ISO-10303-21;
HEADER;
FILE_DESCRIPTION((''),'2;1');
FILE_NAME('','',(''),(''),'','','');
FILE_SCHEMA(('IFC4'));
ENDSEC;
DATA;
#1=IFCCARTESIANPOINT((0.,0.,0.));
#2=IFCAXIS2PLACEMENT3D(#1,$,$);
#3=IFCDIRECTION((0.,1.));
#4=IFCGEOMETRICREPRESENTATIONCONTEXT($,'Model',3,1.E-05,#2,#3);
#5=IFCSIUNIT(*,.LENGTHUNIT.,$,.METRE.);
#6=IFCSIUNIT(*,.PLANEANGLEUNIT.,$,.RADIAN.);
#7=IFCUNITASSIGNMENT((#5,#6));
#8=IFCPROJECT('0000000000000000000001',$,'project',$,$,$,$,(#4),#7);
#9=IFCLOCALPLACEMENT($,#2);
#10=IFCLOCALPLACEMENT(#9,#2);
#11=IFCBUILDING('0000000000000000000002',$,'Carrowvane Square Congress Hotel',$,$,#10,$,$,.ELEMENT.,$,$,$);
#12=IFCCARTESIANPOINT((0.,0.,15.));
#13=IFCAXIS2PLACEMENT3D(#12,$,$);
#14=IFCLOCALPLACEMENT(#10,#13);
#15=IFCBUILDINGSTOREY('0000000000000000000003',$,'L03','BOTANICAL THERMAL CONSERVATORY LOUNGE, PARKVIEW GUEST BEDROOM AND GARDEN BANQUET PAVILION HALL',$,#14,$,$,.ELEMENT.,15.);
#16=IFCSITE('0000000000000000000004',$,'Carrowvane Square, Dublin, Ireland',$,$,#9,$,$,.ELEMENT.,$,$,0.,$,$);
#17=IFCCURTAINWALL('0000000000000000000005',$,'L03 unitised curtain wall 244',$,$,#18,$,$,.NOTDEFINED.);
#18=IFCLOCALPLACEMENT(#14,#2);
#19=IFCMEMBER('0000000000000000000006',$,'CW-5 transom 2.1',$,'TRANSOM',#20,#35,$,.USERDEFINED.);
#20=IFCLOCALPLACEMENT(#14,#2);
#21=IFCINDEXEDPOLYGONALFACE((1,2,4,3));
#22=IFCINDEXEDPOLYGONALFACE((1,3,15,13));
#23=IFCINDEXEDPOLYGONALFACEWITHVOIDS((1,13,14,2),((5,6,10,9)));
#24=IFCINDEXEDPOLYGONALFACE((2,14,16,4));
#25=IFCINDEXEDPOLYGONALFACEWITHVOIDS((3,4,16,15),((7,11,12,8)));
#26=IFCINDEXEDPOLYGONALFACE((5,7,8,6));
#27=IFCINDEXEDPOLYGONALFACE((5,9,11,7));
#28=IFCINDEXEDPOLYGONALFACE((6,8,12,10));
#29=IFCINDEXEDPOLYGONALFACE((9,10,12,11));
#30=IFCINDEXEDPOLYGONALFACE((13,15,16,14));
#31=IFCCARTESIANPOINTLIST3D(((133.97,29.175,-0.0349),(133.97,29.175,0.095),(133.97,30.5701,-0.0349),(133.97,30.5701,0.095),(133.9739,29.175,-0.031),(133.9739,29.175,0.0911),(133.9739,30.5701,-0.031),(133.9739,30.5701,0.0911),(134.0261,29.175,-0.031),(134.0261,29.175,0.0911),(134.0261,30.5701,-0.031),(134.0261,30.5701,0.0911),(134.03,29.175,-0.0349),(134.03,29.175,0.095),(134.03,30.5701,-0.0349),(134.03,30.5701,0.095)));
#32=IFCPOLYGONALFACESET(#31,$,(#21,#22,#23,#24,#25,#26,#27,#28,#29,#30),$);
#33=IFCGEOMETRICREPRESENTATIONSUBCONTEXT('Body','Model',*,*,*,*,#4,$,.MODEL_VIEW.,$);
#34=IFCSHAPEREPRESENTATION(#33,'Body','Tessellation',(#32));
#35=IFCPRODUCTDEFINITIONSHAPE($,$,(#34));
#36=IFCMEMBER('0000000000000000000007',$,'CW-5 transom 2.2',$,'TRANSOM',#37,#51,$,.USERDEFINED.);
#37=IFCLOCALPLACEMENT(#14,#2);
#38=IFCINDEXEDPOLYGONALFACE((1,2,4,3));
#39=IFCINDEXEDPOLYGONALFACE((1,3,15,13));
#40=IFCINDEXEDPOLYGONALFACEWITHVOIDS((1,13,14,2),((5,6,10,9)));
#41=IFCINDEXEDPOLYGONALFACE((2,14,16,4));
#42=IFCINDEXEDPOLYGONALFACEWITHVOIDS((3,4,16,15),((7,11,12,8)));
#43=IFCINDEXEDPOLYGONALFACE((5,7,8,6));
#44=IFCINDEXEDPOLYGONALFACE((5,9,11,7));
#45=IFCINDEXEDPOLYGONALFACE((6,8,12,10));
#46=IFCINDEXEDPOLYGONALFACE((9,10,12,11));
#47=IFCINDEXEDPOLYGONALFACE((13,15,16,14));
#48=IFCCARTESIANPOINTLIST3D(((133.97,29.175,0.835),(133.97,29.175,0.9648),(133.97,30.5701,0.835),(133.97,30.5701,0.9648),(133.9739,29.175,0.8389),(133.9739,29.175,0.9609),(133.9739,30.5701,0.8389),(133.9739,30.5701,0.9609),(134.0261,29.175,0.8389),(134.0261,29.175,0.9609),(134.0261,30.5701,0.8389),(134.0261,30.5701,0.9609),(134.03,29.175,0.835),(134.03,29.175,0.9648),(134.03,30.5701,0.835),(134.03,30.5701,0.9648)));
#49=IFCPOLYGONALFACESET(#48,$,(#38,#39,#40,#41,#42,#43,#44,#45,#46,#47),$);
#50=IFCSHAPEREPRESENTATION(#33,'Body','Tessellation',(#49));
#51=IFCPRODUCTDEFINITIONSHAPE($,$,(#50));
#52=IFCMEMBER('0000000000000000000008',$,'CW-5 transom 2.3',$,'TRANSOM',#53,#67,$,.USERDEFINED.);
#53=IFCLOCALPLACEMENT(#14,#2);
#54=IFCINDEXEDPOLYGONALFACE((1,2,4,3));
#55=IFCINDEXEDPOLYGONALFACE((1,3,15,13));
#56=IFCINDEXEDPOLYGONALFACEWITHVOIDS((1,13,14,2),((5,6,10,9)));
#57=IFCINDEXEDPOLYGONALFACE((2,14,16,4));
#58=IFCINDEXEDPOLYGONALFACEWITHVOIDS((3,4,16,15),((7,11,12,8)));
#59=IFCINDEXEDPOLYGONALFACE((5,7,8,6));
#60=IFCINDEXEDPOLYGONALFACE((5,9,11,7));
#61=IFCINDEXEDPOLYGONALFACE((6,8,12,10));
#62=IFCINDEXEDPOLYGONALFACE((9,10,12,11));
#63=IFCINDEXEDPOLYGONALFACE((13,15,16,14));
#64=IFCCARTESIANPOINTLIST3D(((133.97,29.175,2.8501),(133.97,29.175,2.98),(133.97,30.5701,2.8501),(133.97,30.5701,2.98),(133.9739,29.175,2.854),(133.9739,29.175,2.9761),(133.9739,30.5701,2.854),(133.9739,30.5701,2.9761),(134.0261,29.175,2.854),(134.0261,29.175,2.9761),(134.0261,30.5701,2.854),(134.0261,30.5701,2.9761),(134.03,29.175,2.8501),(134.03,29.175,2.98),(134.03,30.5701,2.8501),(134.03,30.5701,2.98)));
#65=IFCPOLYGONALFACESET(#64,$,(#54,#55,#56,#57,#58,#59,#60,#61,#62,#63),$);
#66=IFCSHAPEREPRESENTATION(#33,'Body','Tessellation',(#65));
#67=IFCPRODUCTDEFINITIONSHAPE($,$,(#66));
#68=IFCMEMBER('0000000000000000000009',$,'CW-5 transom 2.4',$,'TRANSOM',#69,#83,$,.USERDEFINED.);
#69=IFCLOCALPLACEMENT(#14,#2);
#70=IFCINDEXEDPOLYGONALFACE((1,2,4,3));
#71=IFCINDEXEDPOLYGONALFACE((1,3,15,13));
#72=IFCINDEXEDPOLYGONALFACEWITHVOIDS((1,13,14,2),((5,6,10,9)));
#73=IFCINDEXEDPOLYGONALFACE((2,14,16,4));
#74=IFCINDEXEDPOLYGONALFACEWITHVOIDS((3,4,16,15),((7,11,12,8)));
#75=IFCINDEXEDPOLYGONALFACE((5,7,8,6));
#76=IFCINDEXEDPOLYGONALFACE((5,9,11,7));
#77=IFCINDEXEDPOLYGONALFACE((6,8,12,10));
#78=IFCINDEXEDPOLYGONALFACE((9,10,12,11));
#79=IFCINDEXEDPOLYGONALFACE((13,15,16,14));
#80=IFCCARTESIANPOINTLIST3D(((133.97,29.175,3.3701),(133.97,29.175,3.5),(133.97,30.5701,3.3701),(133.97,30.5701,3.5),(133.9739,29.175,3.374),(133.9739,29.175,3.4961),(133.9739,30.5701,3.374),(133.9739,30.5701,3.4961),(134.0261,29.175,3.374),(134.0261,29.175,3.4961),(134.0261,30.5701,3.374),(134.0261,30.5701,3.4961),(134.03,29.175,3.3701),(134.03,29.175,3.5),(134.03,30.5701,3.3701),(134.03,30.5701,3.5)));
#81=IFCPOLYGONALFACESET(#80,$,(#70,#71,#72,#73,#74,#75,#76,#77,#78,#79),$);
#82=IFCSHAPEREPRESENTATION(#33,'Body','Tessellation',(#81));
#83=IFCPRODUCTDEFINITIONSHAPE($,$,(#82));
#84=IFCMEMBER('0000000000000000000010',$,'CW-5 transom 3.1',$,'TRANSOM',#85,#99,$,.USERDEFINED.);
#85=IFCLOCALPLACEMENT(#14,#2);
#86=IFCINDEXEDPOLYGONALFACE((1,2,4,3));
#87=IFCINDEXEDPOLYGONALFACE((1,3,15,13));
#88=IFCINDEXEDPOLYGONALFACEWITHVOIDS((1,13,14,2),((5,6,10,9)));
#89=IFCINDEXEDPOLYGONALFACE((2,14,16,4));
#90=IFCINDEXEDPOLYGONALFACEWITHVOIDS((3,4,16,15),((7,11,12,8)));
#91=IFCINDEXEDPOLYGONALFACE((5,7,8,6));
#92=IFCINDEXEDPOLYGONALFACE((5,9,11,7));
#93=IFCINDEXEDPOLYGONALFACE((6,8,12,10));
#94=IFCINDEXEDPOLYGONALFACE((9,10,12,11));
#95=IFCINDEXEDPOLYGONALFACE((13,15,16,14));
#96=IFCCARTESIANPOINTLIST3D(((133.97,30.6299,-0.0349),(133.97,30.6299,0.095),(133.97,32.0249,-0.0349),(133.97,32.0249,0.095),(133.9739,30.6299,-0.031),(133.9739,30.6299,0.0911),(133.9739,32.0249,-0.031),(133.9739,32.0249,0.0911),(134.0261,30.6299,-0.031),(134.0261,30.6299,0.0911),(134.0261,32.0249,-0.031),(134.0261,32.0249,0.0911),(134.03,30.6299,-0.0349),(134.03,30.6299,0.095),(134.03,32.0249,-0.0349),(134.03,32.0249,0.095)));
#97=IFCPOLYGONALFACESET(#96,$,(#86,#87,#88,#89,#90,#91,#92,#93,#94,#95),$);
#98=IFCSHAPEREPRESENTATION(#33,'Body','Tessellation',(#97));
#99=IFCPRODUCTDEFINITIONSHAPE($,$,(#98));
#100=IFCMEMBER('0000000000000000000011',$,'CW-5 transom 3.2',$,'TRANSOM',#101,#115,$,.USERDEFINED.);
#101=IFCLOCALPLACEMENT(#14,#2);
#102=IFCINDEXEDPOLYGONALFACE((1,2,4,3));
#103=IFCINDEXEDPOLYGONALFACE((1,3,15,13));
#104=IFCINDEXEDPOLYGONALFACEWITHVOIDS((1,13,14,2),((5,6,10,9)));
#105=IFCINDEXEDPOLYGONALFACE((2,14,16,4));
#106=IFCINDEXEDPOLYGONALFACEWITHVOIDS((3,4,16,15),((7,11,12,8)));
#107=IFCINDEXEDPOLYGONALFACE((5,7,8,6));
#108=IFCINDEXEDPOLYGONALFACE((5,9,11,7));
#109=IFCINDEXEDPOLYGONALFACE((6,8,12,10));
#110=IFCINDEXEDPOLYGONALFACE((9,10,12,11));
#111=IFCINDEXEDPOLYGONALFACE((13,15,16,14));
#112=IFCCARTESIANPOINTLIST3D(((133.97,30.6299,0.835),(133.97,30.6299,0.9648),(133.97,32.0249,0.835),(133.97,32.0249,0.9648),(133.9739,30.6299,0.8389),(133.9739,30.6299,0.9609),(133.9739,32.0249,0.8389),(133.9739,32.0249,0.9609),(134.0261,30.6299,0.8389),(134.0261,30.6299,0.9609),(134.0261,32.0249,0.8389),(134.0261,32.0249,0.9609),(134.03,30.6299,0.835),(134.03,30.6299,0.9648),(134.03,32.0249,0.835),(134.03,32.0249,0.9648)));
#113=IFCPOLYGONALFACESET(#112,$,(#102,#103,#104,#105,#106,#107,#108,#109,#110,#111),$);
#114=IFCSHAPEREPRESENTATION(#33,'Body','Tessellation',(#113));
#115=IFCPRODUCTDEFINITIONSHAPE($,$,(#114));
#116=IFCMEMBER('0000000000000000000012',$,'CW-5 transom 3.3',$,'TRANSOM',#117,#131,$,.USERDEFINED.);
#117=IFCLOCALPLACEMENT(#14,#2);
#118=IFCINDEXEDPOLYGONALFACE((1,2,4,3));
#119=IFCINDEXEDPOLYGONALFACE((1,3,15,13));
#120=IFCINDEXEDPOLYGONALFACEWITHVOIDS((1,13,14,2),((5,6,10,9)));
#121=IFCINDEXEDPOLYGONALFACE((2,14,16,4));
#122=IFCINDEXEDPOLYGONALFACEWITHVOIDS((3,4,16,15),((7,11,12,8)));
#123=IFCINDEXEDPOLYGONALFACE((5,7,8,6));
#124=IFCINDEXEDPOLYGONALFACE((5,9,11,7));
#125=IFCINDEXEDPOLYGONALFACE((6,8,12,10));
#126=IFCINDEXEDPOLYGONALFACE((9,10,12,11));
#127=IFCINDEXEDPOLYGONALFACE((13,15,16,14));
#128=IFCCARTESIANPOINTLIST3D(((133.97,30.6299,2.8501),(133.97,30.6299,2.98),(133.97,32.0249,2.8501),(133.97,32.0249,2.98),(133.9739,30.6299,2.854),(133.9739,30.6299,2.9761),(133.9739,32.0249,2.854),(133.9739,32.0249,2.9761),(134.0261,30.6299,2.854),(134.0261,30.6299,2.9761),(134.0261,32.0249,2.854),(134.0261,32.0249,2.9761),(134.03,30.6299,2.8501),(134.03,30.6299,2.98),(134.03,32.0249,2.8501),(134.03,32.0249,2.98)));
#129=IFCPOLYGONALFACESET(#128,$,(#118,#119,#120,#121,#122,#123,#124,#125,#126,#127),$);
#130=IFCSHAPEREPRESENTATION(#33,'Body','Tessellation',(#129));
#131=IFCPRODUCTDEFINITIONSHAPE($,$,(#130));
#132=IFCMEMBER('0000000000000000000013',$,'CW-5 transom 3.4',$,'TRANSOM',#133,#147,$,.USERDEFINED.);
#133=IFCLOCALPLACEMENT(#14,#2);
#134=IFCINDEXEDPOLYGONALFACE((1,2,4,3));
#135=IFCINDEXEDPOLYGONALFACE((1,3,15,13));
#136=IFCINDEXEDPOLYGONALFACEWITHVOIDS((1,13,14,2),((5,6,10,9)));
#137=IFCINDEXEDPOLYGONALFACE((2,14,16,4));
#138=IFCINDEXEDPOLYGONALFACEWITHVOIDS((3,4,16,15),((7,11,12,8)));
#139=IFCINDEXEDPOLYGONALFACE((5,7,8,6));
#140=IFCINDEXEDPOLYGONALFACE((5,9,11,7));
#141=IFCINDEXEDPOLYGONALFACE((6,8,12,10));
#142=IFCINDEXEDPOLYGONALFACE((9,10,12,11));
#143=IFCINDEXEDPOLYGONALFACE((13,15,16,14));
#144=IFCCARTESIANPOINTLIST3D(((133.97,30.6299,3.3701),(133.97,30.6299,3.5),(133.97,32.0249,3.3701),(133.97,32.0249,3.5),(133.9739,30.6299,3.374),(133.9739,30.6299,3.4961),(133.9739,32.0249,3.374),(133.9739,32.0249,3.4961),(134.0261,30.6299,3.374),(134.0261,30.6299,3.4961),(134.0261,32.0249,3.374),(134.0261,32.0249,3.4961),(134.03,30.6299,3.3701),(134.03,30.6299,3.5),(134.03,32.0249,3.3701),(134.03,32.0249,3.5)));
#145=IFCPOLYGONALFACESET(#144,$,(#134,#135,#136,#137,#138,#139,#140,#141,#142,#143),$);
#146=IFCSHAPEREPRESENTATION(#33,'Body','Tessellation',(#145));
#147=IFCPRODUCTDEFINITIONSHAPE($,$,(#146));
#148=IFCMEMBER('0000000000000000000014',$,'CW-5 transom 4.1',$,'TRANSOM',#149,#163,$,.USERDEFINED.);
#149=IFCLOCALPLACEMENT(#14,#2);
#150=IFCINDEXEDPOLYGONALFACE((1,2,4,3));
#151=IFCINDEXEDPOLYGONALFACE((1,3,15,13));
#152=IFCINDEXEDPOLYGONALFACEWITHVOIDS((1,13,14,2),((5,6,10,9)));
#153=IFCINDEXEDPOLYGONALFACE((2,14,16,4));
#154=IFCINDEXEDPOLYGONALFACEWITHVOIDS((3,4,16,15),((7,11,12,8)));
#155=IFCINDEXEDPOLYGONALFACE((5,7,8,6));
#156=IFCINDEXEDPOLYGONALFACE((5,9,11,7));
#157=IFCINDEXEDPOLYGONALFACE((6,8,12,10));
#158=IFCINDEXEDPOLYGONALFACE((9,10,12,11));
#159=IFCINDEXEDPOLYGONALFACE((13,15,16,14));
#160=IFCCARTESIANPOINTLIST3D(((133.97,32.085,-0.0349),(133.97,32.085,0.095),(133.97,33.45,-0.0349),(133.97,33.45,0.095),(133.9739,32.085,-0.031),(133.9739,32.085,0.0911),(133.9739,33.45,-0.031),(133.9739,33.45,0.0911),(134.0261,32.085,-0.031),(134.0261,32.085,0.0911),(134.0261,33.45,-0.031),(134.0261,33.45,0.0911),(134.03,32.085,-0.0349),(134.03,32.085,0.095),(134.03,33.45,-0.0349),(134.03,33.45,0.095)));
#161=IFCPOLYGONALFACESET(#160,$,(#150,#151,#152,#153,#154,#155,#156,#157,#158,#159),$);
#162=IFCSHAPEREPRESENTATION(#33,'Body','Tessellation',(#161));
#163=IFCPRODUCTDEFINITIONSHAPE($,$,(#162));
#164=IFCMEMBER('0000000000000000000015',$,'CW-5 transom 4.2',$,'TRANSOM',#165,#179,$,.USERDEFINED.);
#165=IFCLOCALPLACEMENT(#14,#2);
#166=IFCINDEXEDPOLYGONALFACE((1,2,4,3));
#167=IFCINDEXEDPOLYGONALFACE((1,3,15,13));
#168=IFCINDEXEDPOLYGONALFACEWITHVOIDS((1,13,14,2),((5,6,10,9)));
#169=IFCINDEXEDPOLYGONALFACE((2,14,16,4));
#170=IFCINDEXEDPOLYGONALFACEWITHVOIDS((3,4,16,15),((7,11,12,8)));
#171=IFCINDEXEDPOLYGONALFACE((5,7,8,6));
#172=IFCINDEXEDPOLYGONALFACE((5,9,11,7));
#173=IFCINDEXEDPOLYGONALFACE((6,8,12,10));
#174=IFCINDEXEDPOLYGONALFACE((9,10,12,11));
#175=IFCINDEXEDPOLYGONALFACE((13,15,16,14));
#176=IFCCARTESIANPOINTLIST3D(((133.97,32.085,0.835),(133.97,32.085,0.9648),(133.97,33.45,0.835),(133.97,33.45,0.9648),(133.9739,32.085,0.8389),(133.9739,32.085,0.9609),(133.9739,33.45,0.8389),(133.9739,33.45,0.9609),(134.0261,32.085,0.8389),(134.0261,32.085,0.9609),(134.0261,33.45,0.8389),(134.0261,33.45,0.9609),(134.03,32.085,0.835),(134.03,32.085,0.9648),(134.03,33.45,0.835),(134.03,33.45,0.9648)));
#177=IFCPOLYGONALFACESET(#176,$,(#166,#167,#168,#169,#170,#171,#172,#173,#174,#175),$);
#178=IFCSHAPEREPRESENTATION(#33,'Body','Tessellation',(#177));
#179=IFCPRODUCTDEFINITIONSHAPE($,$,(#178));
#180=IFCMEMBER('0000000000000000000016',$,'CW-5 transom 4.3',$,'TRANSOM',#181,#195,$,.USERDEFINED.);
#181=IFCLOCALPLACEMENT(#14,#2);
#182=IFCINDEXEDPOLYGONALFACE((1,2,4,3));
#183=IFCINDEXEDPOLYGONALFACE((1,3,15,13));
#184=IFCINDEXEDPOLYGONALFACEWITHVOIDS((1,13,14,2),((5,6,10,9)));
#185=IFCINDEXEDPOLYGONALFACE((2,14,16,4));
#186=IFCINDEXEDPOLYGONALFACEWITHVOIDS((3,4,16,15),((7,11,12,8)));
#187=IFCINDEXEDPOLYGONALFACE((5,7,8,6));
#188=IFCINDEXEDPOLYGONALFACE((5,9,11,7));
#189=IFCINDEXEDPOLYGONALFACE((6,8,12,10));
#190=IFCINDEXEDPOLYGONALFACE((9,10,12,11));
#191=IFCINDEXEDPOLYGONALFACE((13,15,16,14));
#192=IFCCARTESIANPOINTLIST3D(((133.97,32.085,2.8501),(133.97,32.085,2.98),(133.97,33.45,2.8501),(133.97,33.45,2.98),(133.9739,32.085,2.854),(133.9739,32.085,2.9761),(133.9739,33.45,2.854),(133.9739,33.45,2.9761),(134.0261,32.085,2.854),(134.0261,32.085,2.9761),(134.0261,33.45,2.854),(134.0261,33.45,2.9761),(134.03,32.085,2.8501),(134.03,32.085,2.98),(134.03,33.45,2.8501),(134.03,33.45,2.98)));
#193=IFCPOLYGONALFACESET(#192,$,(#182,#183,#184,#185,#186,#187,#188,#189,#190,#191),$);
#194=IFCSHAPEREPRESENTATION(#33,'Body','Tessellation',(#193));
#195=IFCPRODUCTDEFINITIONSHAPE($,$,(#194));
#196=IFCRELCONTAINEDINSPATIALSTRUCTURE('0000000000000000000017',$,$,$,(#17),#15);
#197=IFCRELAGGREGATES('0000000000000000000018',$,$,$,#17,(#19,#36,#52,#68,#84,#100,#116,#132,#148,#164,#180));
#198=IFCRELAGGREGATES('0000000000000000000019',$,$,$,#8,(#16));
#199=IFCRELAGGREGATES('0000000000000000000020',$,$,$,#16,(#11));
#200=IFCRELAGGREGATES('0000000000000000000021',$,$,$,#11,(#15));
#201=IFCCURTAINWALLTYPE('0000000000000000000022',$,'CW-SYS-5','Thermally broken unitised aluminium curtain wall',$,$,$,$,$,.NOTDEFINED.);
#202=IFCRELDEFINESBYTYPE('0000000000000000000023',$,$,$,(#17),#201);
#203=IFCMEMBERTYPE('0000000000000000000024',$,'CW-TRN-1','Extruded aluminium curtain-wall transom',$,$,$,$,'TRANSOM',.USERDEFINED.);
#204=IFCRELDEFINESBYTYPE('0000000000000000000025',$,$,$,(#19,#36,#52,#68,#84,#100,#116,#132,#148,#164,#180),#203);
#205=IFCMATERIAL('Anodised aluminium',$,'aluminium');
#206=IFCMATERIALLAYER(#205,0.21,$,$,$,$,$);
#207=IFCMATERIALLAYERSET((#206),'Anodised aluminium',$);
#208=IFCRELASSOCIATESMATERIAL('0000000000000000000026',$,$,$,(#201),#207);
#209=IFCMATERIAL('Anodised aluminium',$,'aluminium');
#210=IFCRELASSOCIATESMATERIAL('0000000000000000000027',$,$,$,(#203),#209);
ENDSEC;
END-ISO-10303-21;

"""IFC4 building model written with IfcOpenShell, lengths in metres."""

from ifc_helpers import new_model, si_unit, direction, frame, origin, origin_2d, place, context, subcontext, project, spatial, hollow_rectangle, extrude, material, layer, layer_set, material_profile, profile_set, type_object, element, aggregate, save


model = new_model("IFC4")

# Units and contexts
model_context = context("Model", 3, precision=1e-05, world=origin(), true_north=direction((0.0, 1.0)))
body_context = subcontext(model_context, "Body", "Model", "MODEL_VIEW")
ifc_project = project(units=[si_unit("LENGTHUNIT", "METRE"), si_unit("PLANEANGLEUNIT", "RADIAN")], contexts=[model_context])

# Site, building, storey
site_placement = place(None, origin())
site = spatial("IfcSite", under=ifc_project, at=site_placement, Name="Carrowvane Square, Dublin, Ireland", CompositionType="ELEMENT", RefElevation=0.0)
building_placement = place(site_placement, origin())
building = spatial("IfcBuilding", under=site, at=building_placement, Name="Carrowvane Square Congress Hotel", CompositionType="ELEMENT")
storey_placement = place(building_placement, frame((0.0, 0.0, 15.0)))
storey = spatial("IfcBuildingStorey", under=building, at=storey_placement, Name="L03", Description="BOTANICAL THERMAL CONSERVATORY LOUNGE, PARKVIEW GUEST BEDROOM AND GARDEN BANQUET PAVILION HALL", CompositionType="ELEMENT", Elevation=15.0)

# Curtain wall, members
ifc_material_1 = material(Name="Anodised aluminium", Category="aluminium")
ifc_layer_1 = layer(ifc_material_1, 0.21)
ifc_layer_set_1 = layer_set([ifc_layer_1], Name="Anodised aluminium")
curtain_wall_type = type_object("IfcCurtainWallType", Name="CW-SYS-5", Description="Thermally broken unitised aluminium curtain wall", PredefinedType="NOTDEFINED", material=ifc_layer_set_1)
curtain_wall_placement = place(storey_placement, origin())
curtain_wall = element("IfcCurtainWall", 1, at=curtain_wall_placement, inside=storey, type_object=curtain_wall_type, Name="L03 unitised curtain wall 244", PredefinedType="NOTDEFINED")
ifc_material_2 = material(Name="Anodised aluminium", Category="aluminium")
ifc_material_profile = material_profile(ifc_material_2, hollow_rectangle(XDim=0.0601, YDim=0.1299, WallThickness=0.0039, at=origin_2d()), Name="CW-TR 60x130x4")
ifc_profile_set = profile_set([ifc_material_profile], Name="Anodised aluminium")
member_type = type_object("IfcMemberType", Name="CW-TRN-1", Description="Extruded aluminium curtain-wall transom", ElementType="TRANSOM", PredefinedType="USERDEFINED", material=ifc_profile_set)
member_1_placement = place(storey_placement, frame((134.0, 29.175, 0.03), z_axis=(0.0, 1.0, 0.0), x_axis=(-1.0, 0.0, 0.0)))
member_1 = element("IfcMember", 2, at=member_1_placement, type_object=member_type, Name="CW-5 transom 2.1", ObjectType="TRANSOM", PredefinedType="USERDEFINED", context=body_context, shape_type="SweptSolid", body=[
    extrude(hollow_rectangle(XDim=0.0601, YDim=0.1299, WallThickness=0.0039, at=origin_2d()), origin(), (0.0, 0.0, 1.0), 1.395),
])
member_2_placement = place(storey_placement, frame((134.0, 29.175, 0.8999), z_axis=(0.0, 1.0, 0.0), x_axis=(-1.0, 0.0, 0.0)))
member_2 = element("IfcMember", 3, at=member_2_placement, type_object=member_type, Name="CW-5 transom 2.2", ObjectType="TRANSOM", PredefinedType="USERDEFINED", context=body_context, shape_type="SweptSolid", body=[
    extrude(hollow_rectangle(XDim=0.0601, YDim=0.1299, WallThickness=0.0039, at=origin_2d()), origin(), (0.0, 0.0, 1.0), 1.395),
])
member_3_placement = place(storey_placement, frame((134.0, 29.175, 2.915), z_axis=(0.0, 1.0, 0.0), x_axis=(-1.0, 0.0, 0.0)))
member_3 = element("IfcMember", 4, at=member_3_placement, type_object=member_type, Name="CW-5 transom 2.3", ObjectType="TRANSOM", PredefinedType="USERDEFINED", context=body_context, shape_type="SweptSolid", body=[
    extrude(hollow_rectangle(XDim=0.0601, YDim=0.1299, WallThickness=0.0039, at=origin_2d()), origin(), (0.0, 0.0, 1.0), 1.395),
])
member_4_placement = place(storey_placement, frame((134.0, 29.175, 3.4351), z_axis=(0.0, 1.0, 0.0), x_axis=(-1.0, 0.0, 0.0)))
member_4 = element("IfcMember", 5, at=member_4_placement, type_object=member_type, Name="CW-5 transom 2.4", ObjectType="TRANSOM", PredefinedType="USERDEFINED", context=body_context, shape_type="SweptSolid", body=[
    extrude(hollow_rectangle(XDim=0.0601, YDim=0.1299, WallThickness=0.0039, at=origin_2d()), origin(), (0.0, 0.0, 1.0), 1.395),
])
member_5_placement = place(storey_placement, frame((134.0, 30.6299, 0.03), z_axis=(0.0, 1.0, 0.0), x_axis=(-1.0, 0.0, 0.0)))
member_5 = element("IfcMember", 6, at=member_5_placement, type_object=member_type, Name="CW-5 transom 3.1", ObjectType="TRANSOM", PredefinedType="USERDEFINED", context=body_context, shape_type="SweptSolid", body=[
    extrude(hollow_rectangle(XDim=0.0601, YDim=0.1299, WallThickness=0.0039, at=origin_2d()), origin(), (0.0, 0.0, 1.0), 1.395),
])
member_6_placement = place(storey_placement, frame((134.0, 30.6299, 0.8999), z_axis=(0.0, 1.0, 0.0), x_axis=(-1.0, 0.0, 0.0)))
member_6 = element("IfcMember", 7, at=member_6_placement, type_object=member_type, Name="CW-5 transom 3.2", ObjectType="TRANSOM", PredefinedType="USERDEFINED", context=body_context, shape_type="SweptSolid", body=[
    extrude(hollow_rectangle(XDim=0.0601, YDim=0.1299, WallThickness=0.0039, at=origin_2d()), origin(), (0.0, 0.0, 1.0), 1.395),
])
member_7_placement = place(storey_placement, frame((134.0, 30.6299, 2.915), z_axis=(0.0, 1.0, 0.0), x_axis=(-1.0, 0.0, 0.0)))
member_7 = element("IfcMember", 8, at=member_7_placement, type_object=member_type, Name="CW-5 transom 3.3", ObjectType="TRANSOM", PredefinedType="USERDEFINED", context=body_context, shape_type="SweptSolid", body=[
    extrude(hollow_rectangle(XDim=0.0601, YDim=0.1299, WallThickness=0.0039, at=origin_2d()), origin(), (0.0, 0.0, 1.0), 1.395),
])
member_8_placement = place(storey_placement, frame((134.0, 30.6299, 3.4351), z_axis=(0.0, 1.0, 0.0), x_axis=(-1.0, 0.0, 0.0)))
member_8 = element("IfcMember", 9, at=member_8_placement, type_object=member_type, Name="CW-5 transom 3.4", ObjectType="TRANSOM", PredefinedType="USERDEFINED", context=body_context, shape_type="SweptSolid", body=[
    extrude(hollow_rectangle(XDim=0.0601, YDim=0.1299, WallThickness=0.0039, at=origin_2d()), origin(), (0.0, 0.0, 1.0), 1.395),
])
member_9_placement = place(storey_placement, frame((134.0, 32.085, 0.03), z_axis=(0.0, 1.0, 0.0), x_axis=(-1.0, 0.0, 0.0)))
member_9 = element("IfcMember", 10, at=member_9_placement, type_object=member_type, Name="CW-5 transom 4.1", ObjectType="TRANSOM", PredefinedType="USERDEFINED", context=body_context, shape_type="SweptSolid", body=[
    extrude(hollow_rectangle(XDim=0.0601, YDim=0.1299, WallThickness=0.0039, at=origin_2d()), origin(), (0.0, 0.0, 1.0), 1.365),
])
member_10_placement = place(storey_placement, frame((134.0, 32.085, 0.8999), z_axis=(0.0, 1.0, 0.0), x_axis=(-1.0, 0.0, 0.0)))
member_10 = element("IfcMember", 11, at=member_10_placement, type_object=member_type, Name="CW-5 transom 4.2", ObjectType="TRANSOM", PredefinedType="USERDEFINED", context=body_context, shape_type="SweptSolid", body=[
    extrude(hollow_rectangle(XDim=0.0601, YDim=0.1299, WallThickness=0.0039, at=origin_2d()), origin(), (0.0, 0.0, 1.0), 1.365),
])
member_11_placement = place(storey_placement, frame((134.0, 32.085, 2.915), z_axis=(0.0, 1.0, 0.0), x_axis=(-1.0, 0.0, 0.0)))
member_11 = element("IfcMember", 12, at=member_11_placement, type_object=member_type, Name="CW-5 transom 4.3", ObjectType="TRANSOM", PredefinedType="USERDEFINED", context=body_context, shape_type="SweptSolid", body=[
    extrude(hollow_rectangle(XDim=0.0601, YDim=0.1299, WallThickness=0.0039, at=origin_2d()), origin(), (0.0, 0.0, 1.0), 1.365),
])
aggregate(curtain_wall, [member_1, member_2, member_3, member_4, member_5, member_6, member_7, member_8, member_9, member_10, member_11])

save(model, "model.ifc")
